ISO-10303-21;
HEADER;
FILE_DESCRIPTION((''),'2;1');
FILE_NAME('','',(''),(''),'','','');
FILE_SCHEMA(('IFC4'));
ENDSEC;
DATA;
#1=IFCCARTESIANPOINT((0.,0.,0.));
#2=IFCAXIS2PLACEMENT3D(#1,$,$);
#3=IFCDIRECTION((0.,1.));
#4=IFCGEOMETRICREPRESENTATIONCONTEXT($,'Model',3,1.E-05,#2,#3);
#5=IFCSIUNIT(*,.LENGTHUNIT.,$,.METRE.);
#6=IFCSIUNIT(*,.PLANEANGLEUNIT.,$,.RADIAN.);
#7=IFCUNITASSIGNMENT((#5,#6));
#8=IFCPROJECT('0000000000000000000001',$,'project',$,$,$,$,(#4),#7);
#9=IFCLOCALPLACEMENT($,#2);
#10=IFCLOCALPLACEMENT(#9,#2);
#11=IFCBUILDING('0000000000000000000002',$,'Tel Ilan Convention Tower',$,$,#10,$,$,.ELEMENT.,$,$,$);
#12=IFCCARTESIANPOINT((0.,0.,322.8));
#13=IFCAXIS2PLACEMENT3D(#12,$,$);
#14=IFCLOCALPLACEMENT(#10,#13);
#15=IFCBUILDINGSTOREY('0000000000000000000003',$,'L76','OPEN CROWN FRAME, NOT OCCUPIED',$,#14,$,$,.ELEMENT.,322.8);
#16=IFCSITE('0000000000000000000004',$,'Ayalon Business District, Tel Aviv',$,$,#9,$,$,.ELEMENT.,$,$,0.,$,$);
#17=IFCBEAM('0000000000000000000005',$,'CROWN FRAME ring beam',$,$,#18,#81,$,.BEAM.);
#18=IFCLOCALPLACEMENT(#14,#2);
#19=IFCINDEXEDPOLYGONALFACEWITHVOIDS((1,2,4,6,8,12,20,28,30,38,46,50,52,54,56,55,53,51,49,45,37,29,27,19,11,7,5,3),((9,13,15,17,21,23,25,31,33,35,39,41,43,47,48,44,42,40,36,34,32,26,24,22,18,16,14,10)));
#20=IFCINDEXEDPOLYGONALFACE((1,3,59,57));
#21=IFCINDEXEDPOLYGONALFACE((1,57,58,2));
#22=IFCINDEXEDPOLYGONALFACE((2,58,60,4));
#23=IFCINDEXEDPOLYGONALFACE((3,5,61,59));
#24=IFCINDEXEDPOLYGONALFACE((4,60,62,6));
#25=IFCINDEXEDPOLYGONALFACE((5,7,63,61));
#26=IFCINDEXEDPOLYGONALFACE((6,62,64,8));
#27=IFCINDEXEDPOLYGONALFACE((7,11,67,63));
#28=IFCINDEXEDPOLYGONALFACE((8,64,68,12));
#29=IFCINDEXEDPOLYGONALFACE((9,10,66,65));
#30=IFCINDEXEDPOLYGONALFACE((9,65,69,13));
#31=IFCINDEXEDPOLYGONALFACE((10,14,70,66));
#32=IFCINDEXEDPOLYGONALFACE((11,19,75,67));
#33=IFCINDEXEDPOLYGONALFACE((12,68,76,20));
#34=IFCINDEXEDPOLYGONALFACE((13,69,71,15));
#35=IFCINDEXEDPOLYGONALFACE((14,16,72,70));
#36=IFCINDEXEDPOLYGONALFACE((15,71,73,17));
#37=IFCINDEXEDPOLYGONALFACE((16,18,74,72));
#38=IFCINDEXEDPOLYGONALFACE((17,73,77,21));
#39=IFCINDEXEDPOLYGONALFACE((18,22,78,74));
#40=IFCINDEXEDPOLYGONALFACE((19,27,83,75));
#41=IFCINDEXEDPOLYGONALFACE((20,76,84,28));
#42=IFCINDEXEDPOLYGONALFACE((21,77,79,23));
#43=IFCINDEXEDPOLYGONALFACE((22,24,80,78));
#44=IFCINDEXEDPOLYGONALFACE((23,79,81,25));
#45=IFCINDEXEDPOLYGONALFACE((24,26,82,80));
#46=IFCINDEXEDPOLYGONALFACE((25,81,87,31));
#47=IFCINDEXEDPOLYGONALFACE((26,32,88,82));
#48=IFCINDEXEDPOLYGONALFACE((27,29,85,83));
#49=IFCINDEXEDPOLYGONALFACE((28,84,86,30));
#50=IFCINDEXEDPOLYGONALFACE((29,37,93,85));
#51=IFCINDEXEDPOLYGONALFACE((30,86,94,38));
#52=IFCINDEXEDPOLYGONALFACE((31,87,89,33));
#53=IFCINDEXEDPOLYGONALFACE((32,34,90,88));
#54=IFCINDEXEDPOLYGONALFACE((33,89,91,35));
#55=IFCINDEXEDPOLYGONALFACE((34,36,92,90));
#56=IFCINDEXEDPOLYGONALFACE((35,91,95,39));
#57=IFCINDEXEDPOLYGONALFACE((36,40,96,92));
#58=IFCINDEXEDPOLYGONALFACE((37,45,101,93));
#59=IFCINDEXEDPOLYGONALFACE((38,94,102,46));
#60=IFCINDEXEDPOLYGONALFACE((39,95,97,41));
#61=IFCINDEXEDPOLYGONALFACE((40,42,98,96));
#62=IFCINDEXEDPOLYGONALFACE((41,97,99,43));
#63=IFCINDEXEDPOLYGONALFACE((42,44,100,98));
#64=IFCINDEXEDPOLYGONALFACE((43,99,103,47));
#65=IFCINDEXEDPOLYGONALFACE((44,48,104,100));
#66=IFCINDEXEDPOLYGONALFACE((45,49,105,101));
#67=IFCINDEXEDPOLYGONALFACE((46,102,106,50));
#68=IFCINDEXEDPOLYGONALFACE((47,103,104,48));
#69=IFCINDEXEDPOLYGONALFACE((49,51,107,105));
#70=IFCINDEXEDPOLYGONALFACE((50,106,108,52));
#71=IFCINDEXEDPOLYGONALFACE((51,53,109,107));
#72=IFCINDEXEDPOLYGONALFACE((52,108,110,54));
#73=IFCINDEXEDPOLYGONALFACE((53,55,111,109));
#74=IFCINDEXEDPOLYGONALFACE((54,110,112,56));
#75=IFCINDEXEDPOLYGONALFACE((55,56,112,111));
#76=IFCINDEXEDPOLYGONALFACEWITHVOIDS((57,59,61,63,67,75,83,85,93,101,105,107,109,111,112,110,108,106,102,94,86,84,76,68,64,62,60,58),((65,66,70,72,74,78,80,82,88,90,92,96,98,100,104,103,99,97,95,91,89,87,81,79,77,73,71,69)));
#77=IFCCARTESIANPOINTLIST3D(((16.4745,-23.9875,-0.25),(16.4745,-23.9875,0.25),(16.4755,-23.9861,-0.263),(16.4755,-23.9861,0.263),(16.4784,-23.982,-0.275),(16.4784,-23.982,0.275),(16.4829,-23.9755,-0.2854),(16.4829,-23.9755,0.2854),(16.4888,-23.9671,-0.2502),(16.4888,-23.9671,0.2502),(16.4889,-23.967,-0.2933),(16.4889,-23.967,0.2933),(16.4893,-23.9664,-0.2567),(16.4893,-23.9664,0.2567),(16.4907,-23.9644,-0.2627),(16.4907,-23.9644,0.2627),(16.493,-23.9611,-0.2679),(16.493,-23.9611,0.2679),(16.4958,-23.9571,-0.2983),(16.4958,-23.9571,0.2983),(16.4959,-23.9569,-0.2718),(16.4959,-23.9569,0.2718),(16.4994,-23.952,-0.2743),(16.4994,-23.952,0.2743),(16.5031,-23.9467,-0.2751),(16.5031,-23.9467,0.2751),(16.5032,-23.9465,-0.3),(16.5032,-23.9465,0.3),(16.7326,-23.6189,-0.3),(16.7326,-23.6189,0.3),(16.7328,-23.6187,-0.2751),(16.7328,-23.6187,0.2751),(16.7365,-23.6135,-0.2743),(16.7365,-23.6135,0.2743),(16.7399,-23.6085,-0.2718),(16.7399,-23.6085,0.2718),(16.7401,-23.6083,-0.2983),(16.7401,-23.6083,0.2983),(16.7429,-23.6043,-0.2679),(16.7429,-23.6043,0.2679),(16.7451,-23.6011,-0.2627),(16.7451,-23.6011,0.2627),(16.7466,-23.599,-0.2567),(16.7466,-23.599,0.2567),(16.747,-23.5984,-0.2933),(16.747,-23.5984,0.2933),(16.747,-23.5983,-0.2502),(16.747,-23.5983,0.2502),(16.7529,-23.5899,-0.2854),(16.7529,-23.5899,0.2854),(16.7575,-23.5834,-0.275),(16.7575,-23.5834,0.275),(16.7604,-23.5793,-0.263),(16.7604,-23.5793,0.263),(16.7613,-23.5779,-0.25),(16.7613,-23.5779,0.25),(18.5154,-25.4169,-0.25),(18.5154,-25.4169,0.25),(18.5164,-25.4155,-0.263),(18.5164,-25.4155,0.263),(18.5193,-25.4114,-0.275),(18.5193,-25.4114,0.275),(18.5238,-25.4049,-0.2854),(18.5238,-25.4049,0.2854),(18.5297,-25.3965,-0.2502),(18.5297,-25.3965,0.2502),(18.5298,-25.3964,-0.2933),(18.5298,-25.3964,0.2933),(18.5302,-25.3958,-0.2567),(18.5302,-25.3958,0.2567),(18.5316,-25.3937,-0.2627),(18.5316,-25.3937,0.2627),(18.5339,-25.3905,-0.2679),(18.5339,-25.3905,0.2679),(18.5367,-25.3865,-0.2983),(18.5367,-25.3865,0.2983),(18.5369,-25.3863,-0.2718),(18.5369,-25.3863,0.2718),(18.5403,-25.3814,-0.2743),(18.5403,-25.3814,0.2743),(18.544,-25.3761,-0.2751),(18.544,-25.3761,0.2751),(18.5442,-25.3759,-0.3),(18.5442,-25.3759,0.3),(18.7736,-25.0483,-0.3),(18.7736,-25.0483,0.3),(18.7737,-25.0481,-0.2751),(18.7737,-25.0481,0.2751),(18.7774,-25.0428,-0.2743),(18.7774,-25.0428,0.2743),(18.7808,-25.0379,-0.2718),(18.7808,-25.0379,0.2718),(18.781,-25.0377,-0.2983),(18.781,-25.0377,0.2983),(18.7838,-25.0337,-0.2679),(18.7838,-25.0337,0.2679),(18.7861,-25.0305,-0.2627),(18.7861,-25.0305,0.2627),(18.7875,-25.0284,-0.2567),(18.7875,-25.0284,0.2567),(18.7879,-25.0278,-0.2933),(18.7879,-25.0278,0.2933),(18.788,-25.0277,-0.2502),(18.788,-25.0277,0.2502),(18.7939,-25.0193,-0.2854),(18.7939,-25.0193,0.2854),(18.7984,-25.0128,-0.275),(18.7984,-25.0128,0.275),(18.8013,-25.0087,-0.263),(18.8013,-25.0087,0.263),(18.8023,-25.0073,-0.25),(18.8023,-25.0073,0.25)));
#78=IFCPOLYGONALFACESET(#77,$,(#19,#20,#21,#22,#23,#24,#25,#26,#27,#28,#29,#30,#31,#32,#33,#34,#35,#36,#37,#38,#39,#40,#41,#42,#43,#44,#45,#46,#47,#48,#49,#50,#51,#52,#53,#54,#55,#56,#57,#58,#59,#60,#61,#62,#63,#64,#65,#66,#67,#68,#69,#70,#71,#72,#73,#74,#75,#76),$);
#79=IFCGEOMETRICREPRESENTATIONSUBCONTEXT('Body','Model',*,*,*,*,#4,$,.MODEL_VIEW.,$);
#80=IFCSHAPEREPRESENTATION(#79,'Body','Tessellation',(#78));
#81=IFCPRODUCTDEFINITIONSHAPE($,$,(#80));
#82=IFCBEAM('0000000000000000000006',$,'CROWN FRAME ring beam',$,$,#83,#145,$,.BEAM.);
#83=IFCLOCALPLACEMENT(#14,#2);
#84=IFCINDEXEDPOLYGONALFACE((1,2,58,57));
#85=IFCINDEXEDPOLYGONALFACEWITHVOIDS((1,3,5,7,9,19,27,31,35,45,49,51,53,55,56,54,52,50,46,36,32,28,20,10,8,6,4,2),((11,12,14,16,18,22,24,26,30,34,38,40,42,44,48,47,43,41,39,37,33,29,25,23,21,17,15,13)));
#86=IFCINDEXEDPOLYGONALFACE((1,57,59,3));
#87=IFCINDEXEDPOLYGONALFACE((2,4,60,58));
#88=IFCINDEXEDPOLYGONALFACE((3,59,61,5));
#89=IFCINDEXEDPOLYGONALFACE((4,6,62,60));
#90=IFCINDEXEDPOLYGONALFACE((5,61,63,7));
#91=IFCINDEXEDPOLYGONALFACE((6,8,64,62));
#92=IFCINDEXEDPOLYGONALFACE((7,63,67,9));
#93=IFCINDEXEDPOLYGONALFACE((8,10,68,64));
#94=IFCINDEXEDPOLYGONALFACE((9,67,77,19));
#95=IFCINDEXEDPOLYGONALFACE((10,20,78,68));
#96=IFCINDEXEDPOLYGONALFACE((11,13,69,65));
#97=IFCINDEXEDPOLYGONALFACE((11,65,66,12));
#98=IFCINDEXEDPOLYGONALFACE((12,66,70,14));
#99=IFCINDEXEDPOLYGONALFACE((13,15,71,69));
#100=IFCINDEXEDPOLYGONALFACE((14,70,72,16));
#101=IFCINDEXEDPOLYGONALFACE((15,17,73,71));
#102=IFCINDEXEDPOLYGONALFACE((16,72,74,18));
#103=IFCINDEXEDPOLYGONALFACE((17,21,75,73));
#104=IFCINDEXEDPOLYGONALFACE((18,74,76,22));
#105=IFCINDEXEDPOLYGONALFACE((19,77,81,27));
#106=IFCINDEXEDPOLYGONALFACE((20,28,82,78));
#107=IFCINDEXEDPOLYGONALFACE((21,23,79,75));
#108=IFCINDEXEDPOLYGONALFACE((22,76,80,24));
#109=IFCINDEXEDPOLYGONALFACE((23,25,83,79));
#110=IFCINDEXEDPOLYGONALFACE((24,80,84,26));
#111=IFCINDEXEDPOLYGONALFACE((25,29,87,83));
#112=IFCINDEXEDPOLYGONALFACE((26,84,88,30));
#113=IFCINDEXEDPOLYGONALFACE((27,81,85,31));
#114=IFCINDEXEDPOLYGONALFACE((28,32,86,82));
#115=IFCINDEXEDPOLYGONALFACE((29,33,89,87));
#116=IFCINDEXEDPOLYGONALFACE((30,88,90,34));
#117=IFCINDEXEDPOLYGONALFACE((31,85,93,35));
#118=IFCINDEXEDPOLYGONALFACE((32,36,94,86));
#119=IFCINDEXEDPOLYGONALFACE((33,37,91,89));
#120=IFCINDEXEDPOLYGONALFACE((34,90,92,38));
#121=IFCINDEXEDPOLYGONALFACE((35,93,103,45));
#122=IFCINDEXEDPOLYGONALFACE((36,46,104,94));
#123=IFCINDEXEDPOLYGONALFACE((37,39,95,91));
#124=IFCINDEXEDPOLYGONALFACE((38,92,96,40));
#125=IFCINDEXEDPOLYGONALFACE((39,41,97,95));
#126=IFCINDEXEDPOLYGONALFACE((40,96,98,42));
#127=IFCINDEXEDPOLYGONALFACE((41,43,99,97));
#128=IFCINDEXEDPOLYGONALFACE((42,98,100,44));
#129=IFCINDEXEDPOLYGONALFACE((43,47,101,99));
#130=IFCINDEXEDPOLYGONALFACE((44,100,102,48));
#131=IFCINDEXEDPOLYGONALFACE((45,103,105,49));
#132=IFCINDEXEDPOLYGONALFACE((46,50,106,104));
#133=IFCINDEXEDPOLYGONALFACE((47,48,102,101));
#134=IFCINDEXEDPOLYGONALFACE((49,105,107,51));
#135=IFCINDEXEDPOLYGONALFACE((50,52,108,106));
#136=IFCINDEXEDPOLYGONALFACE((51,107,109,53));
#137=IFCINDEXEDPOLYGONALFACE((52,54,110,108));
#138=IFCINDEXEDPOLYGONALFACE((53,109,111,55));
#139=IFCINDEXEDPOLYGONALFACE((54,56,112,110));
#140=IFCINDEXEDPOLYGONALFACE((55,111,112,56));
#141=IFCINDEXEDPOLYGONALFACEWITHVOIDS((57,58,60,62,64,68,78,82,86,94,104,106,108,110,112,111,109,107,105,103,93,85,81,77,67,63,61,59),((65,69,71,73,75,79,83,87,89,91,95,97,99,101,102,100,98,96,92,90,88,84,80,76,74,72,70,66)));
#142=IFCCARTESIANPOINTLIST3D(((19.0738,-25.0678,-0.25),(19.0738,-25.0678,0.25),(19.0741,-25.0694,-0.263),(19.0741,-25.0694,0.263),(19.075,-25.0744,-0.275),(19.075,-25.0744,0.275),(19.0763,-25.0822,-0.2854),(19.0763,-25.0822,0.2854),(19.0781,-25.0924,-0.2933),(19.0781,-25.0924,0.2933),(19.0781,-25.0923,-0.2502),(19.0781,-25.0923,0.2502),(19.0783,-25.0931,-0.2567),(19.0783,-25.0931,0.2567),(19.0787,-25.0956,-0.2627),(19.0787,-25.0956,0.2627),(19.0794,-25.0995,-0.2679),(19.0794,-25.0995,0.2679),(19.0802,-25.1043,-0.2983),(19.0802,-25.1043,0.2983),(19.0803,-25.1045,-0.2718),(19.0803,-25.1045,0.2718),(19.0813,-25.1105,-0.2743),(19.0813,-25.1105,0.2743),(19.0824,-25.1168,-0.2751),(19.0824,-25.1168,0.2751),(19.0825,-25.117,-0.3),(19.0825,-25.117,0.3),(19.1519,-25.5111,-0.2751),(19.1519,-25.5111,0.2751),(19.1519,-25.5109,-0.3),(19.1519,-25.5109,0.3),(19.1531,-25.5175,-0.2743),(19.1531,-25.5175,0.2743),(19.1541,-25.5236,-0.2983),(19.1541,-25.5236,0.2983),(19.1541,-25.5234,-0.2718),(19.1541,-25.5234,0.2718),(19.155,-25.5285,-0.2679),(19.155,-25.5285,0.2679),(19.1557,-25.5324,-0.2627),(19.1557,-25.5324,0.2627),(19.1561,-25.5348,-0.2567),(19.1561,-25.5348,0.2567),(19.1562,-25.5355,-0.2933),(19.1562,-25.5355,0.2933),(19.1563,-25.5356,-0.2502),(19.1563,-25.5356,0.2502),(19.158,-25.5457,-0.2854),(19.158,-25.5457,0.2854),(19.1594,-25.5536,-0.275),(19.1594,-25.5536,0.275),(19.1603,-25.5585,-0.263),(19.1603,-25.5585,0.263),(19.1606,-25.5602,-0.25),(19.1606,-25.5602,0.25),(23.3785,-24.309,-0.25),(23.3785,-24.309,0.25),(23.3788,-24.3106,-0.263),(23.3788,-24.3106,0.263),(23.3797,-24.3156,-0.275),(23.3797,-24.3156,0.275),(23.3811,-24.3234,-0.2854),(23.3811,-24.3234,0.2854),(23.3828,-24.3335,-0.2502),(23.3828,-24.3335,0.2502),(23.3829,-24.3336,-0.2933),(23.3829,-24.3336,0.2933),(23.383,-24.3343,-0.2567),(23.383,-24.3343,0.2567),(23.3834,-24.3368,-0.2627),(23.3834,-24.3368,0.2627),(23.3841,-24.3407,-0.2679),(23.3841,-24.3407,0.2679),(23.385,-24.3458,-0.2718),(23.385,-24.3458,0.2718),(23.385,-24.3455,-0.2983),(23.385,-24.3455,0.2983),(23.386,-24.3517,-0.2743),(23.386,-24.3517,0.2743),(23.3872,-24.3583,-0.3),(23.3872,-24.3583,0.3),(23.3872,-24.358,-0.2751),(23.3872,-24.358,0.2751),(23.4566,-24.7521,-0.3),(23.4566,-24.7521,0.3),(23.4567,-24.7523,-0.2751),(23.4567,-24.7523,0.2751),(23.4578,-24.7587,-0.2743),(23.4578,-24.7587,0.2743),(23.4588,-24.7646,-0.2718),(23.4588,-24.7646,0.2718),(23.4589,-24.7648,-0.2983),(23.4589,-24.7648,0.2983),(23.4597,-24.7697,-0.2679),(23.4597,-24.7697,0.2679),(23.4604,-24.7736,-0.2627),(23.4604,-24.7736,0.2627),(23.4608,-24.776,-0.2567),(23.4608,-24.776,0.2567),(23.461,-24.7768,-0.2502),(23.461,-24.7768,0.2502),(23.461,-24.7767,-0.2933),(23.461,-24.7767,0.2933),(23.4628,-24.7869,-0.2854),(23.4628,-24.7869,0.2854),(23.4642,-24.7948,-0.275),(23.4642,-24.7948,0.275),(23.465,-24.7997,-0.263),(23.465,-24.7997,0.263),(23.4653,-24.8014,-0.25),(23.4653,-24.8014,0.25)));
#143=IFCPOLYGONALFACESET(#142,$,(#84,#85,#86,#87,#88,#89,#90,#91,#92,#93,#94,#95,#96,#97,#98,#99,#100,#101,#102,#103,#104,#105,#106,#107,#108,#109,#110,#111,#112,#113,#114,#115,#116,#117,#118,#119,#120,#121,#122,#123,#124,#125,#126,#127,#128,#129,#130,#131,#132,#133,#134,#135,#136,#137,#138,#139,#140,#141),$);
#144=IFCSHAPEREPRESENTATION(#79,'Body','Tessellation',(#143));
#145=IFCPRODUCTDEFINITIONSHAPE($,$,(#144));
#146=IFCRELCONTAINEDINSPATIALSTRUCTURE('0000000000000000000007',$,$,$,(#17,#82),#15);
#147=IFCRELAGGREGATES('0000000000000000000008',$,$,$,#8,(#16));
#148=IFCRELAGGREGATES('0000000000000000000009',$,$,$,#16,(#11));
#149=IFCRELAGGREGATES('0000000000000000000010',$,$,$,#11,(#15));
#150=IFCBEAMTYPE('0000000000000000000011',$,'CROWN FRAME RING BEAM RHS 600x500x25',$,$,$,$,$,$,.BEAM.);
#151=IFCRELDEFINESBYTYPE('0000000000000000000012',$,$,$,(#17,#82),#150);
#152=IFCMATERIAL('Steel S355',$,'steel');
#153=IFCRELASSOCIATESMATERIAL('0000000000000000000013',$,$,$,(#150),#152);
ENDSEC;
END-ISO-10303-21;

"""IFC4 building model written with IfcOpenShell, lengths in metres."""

from ifc_helpers import new_model, si_unit, direction, frame, origin, origin_2d, place, context, subcontext, project, spatial, hollow_rectangle, extrude, material, material_profile, profile_set, type_object, element, save


model = new_model("IFC4")

# Units and contexts
model_context = context("Model", 3, precision=1e-05, world=origin(), true_north=direction((0.0, 1.0)))
body_context = subcontext(model_context, "Body", "Model", "MODEL_VIEW")
ifc_project = project(units=[si_unit("LENGTHUNIT", "METRE"), si_unit("PLANEANGLEUNIT", "RADIAN")], contexts=[model_context])

# Site, building, storey
site_placement = place(None, origin())
site = spatial("IfcSite", under=ifc_project, at=site_placement, Name="Ayalon Business District, Tel Aviv", CompositionType="ELEMENT", RefElevation=0.0)
building_placement = place(site_placement, origin())
building = spatial("IfcBuilding", under=site, at=building_placement, Name="Tel Ilan Convention Tower", CompositionType="ELEMENT")
storey_placement = place(building_placement, frame((0.0, 0.0, 322.8)))
storey = spatial("IfcBuildingStorey", under=building, at=storey_placement, Name="L76", Description="OPEN CROWN FRAME, NOT OCCUPIED", CompositionType="ELEMENT", Elevation=322.8)

# Beams
ifc_material_1 = material(Name="Steel S355", Category="steel")
ifc_material_profile_1 = material_profile(ifc_material_1, hollow_rectangle(XDim=0.5, YDim=0.6001, WallThickness=0.0249, InnerFilletRadius=0.0249, OuterFilletRadius=0.05, at=origin_2d()), Name="RHS 600x500x25")
ifc_profile_set_1 = profile_set([ifc_material_profile_1], Name="Steel S355")
beam_type = type_object("IfcBeamType", Name="CROWN FRAME RING BEAM RHS 600x500x25", PredefinedType="BEAM", material=ifc_profile_set_1)
beam_1_placement = place(storey_placement, frame((16.6179, -23.7827, 0.0), z_axis=(0.819094, -0.57366, 0.0), x_axis=(0.57366, 0.819094, 0.0)))
element("IfcBeam", 1, at=beam_1_placement, inside=storey, type_object=beam_type, Name="CROWN FRAME ring beam", PredefinedType="BEAM", context=body_context, shape_type="SweptSolid", body=[
    extrude(hollow_rectangle(XDim=0.5, YDim=0.6001, WallThickness=0.0249, InnerFilletRadius=0.0249, OuterFilletRadius=0.05, at=origin_2d()), origin(), (0.0, 0.0, 1.0), 2.4917),
])
beam_2_placement = place(storey_placement, frame((19.1172, -25.314, 0.0), z_axis=(0.984817, 0.173594, 0.0), x_axis=(-0.173594, 0.984817, 0.0)))
element("IfcBeam", 2, at=beam_2_placement, inside=storey, type_object=beam_type, Name="CROWN FRAME ring beam", PredefinedType="BEAM", context=body_context, shape_type="SweptSolid", body=[
    extrude(hollow_rectangle(XDim=0.5, YDim=0.6001, WallThickness=0.0249, InnerFilletRadius=0.0249, OuterFilletRadius=0.05, at=origin_2d()), origin(), (0.0, 0.0, 1.0), 4.3711),
])

save(model, "model.ifc")
